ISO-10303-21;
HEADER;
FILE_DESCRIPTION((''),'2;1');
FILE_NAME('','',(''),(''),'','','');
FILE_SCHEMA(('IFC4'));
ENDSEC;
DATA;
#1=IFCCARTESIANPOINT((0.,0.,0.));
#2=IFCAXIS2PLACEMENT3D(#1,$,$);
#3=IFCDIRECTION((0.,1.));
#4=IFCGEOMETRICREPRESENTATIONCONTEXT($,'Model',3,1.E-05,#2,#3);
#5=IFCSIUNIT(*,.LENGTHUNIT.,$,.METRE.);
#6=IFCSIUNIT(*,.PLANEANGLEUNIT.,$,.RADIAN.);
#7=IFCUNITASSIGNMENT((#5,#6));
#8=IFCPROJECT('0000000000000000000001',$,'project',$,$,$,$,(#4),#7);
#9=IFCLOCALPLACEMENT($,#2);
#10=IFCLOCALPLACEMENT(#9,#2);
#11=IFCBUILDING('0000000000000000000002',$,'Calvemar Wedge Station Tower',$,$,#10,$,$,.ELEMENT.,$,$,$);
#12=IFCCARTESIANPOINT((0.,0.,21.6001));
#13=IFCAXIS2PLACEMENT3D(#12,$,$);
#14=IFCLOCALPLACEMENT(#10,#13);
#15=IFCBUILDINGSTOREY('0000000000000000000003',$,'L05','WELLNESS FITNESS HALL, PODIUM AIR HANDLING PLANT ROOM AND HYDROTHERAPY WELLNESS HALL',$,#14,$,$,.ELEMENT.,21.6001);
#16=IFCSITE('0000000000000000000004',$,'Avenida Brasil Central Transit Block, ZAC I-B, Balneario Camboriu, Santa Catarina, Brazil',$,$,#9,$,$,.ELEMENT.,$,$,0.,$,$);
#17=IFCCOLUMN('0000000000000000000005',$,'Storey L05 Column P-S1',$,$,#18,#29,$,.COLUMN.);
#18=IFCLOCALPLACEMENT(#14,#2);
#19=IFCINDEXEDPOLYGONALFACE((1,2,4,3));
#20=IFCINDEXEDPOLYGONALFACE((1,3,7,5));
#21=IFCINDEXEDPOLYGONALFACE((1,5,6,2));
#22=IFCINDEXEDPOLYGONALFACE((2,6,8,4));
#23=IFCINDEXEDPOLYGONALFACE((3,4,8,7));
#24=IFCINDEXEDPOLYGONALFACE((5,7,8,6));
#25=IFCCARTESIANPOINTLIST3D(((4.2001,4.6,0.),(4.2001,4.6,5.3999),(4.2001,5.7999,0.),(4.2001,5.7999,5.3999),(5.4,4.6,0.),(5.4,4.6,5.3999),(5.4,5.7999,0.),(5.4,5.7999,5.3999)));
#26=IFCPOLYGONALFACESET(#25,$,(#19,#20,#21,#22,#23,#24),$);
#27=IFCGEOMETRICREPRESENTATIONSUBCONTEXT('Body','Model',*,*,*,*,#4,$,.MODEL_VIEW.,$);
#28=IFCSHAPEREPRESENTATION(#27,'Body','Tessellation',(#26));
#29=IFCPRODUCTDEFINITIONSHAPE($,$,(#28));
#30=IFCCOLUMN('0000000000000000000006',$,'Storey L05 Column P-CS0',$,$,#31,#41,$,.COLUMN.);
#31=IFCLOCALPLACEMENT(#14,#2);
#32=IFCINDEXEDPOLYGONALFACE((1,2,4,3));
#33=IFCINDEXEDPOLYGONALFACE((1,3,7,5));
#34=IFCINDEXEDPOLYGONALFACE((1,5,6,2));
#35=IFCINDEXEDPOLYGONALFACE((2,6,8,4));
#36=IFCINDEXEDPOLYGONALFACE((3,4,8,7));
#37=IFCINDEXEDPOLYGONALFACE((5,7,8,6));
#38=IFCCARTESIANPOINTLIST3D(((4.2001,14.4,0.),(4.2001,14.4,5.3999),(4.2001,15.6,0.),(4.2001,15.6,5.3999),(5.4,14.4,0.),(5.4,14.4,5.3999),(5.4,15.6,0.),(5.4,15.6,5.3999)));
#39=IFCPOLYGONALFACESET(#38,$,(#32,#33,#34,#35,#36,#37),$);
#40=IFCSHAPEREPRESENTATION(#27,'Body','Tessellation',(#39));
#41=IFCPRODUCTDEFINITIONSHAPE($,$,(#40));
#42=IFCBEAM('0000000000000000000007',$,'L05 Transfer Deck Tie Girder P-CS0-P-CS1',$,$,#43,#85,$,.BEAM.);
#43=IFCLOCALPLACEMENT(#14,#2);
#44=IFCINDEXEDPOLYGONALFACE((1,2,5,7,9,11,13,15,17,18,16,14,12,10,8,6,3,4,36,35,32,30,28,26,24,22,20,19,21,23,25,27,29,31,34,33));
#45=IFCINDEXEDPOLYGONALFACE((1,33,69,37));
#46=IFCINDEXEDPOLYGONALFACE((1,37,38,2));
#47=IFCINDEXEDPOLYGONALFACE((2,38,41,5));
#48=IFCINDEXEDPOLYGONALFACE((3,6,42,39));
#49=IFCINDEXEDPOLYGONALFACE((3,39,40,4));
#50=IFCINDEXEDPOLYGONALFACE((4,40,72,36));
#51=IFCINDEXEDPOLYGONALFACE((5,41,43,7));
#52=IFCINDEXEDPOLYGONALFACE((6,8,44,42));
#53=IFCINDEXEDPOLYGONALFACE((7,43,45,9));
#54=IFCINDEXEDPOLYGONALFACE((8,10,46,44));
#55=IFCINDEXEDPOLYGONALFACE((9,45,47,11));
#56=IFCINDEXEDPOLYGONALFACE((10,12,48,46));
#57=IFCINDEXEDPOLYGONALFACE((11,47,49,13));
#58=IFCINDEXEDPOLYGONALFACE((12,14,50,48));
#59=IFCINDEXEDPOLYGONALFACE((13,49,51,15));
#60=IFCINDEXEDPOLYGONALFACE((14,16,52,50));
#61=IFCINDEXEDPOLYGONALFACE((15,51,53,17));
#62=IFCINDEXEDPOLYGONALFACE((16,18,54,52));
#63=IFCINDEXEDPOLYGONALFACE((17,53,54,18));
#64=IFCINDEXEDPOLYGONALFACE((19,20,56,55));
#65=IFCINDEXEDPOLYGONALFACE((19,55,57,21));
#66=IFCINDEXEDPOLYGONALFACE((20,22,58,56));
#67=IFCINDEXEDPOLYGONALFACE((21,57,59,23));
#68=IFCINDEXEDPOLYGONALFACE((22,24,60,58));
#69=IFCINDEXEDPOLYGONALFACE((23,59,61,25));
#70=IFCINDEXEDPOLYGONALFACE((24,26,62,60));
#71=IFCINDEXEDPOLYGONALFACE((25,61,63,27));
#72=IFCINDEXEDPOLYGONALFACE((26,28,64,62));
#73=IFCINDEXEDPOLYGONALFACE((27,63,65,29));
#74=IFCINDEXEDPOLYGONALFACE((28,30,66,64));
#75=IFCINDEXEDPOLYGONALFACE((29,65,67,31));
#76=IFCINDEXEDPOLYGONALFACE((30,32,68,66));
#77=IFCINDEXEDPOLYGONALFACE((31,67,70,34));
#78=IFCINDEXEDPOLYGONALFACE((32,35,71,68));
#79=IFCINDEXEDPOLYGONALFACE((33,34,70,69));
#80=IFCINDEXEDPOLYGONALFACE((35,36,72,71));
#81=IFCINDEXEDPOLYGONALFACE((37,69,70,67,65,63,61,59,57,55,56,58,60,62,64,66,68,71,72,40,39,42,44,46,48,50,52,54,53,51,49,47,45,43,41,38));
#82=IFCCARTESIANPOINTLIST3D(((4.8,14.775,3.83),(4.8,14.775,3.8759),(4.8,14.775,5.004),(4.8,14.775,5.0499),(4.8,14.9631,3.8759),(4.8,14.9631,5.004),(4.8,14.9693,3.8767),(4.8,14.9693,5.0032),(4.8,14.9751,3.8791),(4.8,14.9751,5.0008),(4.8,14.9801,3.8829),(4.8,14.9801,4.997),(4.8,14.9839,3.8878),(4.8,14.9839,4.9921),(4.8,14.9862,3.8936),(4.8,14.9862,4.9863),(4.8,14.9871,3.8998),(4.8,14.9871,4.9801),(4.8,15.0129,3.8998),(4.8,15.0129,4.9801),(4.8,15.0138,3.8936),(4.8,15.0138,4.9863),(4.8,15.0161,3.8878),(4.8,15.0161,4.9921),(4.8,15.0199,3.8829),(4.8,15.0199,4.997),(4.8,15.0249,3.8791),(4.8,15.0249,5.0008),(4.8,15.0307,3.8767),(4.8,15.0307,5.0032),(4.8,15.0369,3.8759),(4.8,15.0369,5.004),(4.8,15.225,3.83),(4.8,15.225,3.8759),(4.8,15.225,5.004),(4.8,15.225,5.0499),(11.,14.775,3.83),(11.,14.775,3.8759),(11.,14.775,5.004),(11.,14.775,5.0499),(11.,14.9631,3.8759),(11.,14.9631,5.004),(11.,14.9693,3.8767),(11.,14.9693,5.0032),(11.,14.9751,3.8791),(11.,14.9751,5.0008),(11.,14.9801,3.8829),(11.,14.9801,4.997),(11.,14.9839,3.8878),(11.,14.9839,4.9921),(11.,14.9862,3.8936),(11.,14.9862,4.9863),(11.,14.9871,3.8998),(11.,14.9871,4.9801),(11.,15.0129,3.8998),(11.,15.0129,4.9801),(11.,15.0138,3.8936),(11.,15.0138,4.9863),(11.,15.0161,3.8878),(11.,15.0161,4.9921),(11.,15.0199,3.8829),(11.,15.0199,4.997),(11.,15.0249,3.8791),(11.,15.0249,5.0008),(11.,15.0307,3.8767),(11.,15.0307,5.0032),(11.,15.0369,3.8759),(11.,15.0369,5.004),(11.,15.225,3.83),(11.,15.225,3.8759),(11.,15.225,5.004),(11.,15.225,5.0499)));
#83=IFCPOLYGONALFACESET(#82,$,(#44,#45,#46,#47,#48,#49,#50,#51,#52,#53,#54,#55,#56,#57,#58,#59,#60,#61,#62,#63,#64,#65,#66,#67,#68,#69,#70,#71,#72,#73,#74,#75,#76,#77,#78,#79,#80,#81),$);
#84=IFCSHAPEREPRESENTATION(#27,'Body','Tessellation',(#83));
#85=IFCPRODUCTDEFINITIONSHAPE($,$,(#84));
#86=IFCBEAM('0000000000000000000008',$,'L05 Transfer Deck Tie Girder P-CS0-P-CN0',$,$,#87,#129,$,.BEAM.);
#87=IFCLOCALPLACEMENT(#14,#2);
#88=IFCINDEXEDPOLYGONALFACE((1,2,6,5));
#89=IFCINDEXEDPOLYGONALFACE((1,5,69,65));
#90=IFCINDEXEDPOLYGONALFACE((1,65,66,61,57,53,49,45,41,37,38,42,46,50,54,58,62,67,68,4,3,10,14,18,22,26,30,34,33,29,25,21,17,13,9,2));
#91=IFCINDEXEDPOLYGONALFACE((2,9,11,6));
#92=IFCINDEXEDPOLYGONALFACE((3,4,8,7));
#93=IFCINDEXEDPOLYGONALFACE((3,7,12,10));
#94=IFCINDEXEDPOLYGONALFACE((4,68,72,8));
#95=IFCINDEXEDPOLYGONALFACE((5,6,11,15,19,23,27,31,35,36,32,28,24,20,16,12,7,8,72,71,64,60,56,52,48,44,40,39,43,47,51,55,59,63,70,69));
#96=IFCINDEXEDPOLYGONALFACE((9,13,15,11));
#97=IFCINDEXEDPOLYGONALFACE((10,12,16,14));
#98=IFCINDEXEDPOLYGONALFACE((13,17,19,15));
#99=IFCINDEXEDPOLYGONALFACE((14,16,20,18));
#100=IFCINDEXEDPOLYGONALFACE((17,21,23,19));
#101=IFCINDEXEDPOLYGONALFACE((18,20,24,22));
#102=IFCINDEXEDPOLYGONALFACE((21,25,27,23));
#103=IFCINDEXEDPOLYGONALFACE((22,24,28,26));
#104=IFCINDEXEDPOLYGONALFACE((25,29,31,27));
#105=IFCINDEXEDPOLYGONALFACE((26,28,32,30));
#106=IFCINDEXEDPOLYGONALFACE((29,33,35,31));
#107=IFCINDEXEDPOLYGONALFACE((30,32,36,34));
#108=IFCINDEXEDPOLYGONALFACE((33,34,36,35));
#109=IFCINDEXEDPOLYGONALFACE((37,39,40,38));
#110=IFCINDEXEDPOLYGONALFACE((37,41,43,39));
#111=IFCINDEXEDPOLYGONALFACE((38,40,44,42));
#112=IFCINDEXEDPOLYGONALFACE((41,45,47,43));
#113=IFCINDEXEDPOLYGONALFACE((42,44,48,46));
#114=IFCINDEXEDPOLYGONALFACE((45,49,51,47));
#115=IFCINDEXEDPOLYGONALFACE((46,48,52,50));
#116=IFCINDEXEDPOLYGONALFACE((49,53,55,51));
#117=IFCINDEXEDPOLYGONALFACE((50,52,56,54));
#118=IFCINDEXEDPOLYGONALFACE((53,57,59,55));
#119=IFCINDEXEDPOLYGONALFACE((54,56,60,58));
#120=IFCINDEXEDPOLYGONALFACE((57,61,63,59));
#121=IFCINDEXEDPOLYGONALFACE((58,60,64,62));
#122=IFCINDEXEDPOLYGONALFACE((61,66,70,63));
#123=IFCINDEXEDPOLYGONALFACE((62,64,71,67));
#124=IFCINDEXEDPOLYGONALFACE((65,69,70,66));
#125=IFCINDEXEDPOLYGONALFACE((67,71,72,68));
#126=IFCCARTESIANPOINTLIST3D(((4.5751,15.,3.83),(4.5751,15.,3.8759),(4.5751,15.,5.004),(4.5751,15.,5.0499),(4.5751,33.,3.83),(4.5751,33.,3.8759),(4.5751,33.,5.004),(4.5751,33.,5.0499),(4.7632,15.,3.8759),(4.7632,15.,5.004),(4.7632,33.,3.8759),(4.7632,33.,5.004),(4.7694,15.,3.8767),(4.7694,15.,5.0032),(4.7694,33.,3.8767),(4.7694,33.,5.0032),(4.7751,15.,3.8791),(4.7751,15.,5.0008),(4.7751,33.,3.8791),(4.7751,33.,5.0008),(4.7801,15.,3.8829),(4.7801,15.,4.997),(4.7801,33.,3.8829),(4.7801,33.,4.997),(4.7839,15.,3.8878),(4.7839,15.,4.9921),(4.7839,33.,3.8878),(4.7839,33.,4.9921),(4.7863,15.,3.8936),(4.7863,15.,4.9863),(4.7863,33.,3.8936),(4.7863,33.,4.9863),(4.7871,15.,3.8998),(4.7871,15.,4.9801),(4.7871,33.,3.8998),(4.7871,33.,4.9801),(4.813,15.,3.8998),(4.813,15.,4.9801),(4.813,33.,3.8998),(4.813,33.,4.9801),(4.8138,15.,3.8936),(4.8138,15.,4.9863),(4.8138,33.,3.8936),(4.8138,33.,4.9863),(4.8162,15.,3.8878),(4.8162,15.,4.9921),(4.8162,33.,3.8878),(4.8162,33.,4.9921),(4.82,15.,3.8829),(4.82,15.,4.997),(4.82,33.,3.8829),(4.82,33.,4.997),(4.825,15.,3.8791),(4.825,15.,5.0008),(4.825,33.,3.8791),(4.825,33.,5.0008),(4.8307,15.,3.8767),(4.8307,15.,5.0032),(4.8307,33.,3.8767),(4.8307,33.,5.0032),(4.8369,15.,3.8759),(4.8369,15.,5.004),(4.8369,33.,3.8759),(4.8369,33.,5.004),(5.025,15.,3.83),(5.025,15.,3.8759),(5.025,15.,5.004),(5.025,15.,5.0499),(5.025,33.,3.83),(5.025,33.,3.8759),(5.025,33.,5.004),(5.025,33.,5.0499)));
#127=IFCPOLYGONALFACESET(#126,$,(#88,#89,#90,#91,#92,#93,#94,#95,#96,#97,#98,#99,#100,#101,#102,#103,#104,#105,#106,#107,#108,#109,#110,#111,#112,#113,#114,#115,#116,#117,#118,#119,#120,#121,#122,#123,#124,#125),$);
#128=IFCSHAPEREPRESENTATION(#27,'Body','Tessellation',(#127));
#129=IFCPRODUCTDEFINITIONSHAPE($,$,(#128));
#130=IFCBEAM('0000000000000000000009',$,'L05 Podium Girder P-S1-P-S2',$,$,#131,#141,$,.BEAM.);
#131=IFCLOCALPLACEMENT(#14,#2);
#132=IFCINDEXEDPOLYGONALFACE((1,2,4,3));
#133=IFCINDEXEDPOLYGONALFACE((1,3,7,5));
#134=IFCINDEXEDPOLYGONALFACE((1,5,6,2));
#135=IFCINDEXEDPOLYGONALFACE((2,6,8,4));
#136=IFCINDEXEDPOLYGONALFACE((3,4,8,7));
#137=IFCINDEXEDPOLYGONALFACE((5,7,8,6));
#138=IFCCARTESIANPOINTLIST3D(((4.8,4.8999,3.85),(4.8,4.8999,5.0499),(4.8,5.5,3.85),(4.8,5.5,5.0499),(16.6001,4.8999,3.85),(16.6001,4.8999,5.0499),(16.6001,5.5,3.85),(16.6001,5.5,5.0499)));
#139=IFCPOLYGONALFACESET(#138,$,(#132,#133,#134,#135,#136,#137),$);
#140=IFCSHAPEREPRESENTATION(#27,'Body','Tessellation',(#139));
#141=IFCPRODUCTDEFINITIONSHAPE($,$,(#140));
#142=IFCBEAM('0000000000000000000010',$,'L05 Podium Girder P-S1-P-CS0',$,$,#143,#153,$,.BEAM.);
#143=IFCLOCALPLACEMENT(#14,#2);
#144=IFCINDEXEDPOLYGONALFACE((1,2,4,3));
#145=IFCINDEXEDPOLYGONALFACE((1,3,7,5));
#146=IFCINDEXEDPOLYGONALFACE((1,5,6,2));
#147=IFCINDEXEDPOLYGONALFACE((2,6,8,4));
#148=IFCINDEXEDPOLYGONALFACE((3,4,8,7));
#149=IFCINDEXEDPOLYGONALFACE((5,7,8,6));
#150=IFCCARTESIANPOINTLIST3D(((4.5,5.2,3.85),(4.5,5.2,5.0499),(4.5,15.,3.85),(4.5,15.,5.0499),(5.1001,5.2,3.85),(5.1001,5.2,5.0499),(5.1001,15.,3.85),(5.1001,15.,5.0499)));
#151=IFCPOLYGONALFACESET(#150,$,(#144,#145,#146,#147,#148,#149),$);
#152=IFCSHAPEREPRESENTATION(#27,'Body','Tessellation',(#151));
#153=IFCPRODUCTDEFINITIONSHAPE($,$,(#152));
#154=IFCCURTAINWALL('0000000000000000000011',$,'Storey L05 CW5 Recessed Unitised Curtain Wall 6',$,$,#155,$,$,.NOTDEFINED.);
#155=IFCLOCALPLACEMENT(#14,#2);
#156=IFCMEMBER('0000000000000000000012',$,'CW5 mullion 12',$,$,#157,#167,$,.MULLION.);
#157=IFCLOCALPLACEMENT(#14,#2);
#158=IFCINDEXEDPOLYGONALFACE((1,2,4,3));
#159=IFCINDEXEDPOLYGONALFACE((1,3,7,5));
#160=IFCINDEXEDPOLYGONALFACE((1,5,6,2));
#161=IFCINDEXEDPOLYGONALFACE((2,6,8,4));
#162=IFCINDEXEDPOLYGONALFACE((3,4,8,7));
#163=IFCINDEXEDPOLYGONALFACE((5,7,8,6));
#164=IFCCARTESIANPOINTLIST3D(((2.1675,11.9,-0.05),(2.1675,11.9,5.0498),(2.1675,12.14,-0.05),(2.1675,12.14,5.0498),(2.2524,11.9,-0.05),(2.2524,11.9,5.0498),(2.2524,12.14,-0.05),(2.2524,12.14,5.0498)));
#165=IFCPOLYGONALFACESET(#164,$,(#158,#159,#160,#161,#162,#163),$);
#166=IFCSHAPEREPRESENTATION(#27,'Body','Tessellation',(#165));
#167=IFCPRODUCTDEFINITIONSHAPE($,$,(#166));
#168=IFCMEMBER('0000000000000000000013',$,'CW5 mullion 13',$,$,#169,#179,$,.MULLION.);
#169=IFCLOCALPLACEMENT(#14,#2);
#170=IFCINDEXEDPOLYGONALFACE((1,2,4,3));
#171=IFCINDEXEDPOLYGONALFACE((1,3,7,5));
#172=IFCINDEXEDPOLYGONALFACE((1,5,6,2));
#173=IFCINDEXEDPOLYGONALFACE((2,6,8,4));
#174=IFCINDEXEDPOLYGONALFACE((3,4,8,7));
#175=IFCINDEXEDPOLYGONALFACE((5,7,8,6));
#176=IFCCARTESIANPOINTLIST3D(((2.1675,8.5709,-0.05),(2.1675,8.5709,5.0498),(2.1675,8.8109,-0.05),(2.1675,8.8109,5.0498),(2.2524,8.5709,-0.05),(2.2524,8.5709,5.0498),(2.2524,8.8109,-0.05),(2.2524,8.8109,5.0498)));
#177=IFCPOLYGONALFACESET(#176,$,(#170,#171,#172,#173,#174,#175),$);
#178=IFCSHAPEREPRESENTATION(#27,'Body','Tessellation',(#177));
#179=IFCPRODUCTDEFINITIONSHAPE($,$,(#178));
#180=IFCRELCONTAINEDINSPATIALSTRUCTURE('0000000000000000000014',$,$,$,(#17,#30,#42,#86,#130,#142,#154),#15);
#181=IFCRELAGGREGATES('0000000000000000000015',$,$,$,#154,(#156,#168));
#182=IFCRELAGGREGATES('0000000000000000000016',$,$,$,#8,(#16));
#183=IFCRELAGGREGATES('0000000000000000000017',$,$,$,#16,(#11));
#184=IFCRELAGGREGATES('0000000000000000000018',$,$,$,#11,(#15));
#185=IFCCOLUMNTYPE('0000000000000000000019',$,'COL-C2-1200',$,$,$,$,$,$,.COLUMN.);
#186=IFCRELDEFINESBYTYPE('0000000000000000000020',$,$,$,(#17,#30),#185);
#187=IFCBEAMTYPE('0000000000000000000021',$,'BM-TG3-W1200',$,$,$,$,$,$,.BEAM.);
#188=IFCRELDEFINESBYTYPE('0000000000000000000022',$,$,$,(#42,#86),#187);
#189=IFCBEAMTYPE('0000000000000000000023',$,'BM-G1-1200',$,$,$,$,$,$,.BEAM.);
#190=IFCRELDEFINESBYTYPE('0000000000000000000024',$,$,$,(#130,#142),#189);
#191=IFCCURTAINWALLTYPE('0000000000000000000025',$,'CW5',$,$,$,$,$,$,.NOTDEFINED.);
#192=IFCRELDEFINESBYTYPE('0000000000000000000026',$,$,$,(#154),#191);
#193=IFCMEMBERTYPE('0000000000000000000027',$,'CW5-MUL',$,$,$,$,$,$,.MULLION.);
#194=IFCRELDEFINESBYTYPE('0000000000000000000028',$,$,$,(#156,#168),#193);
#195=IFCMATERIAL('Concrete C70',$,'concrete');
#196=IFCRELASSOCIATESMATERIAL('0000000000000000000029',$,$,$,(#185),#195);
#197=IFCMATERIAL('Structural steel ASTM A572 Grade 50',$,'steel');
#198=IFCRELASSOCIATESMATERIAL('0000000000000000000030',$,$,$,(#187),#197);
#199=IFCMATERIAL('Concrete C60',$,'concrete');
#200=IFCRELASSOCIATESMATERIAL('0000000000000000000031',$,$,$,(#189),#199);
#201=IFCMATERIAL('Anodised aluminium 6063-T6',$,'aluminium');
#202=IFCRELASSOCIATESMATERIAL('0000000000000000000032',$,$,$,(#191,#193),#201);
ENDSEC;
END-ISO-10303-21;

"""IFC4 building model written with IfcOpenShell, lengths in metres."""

from ifc_helpers import new_model, si_unit, direction, frame, origin, origin_2d, place, context, subcontext, project, spatial, rectangle, i_section, extrude, source, transform, mapped, material, material_profile, profile_set, type_object, element, aggregate, save


model = new_model("IFC4")

# Units and contexts
model_context = context("Model", 3, precision=1e-05, world=origin(), true_north=direction((0.0, 1.0)))
body_context = subcontext(model_context, "Body", "Model", "MODEL_VIEW")
ifc_project = project(units=[si_unit("LENGTHUNIT", "METRE"), si_unit("PLANEANGLEUNIT", "RADIAN")], contexts=[model_context])

# Site, building, storey
site_placement = place(None, origin())
site = spatial("IfcSite", under=ifc_project, at=site_placement, Name="Avenida Brasil Central Transit Block, ZAC I-B, Balneario Camboriu, Santa Catarina, Brazil", CompositionType="ELEMENT", RefElevation=0.0)
building_placement = place(site_placement, origin())
building = spatial("IfcBuilding", under=site, at=building_placement, Name="Calvemar Wedge Station Tower", CompositionType="ELEMENT")
storey_placement = place(building_placement, frame((0.0, 0.0, 21.6001)))
storey = spatial("IfcBuildingStorey", under=building, at=storey_placement, Name="L05", Description="WELLNESS FITNESS HALL, PODIUM AIR HANDLING PLANT ROOM AND HYDROTHERAPY WELLNESS HALL", CompositionType="ELEMENT", Elevation=21.6001)

# Columns
ifc_material_1 = material(Name="Concrete C70", Category="concrete")
ifc_material_profile_1 = material_profile(ifc_material_1, rectangle(XDim=1.2, YDim=1.2, at=origin_2d()), Name="RC1200x1200")
ifc_profile_set_1 = profile_set([ifc_material_profile_1], Name="Concrete C70")
column_type = type_object("IfcColumnType", Name="COL-C2-1200", PredefinedType="COLUMN", material=ifc_profile_set_1)
shared_shape_1 = source(origin(), body_context, "Body", "SweptSolid", [
    extrude(rectangle(XDim=1.2, YDim=1.2, at=origin_2d()), origin(), (0.0, 0.0, 1.0), 5.3999),
])
for number, where, z_axis, x_axis, name in (
    (1, (4.8, 5.2, 0.0), (0.0, 0.0, 1.0), (1.0, 0.0, 0.0), "Storey L05 Column P-S1"),
    (2, (4.8, 15.0, 0.0), (0.0, 0.0, 1.0), (1.0, 0.0, 0.0), "Storey L05 Column P-CS0"),
):
    element("IfcColumn", number, at=place(storey_placement, frame(where, z_axis=z_axis, x_axis=x_axis)), inside=storey, type_object=column_type, Name=name, PredefinedType="COLUMN", context=body_context, shape_type="MappedRepresentation", body=[
        mapped(shared_shape_1, transform((0.0, 0.0, 0.0), scale=1.0)),
    ])

# Beams
ifc_material_2 = material(Name="Structural steel ASTM A572 Grade 50", Category="steel")
ifc_material_profile_2 = material_profile(ifc_material_2, i_section(OverallWidth=0.45, OverallDepth=1.22, WebThickness=0.0259, FlangeThickness=0.0459, FilletRadius=0.0239, at=origin_2d()), Name="W1200x540")
ifc_profile_set_2 = profile_set([ifc_material_profile_2], Name="Structural steel ASTM A572 Grade 50")
beam_type_1 = type_object("IfcBeamType", Name="BM-TG3-W1200", PredefinedType="BEAM", material=ifc_profile_set_2)
shared_shape_2 = source(origin(), body_context, "Body", "SweptSolid", [
    extrude(i_section(OverallWidth=0.45, OverallDepth=1.22, WebThickness=0.0259, FlangeThickness=0.0459, FilletRadius=0.0239, at=origin_2d()), origin(), (0.0, 0.0, 1.0), 6.2),
])
beam_1_placement = place(storey_placement, frame((4.8, 15.0, 4.4399), z_axis=(1.0, 0.0, 0.0), x_axis=(0.0, 1.0, 0.0)))
element("IfcBeam", 3, at=beam_1_placement, inside=storey, type_object=beam_type_1, Name="L05 Transfer Deck Tie Girder P-CS0-P-CS1", PredefinedType="BEAM", context=body_context, shape_type="MappedRepresentation", body=[
    mapped(shared_shape_2, transform((0.0, 0.0, 0.0), scale=1.0)),
])
shared_shape_3 = source(origin(), body_context, "Body", "SweptSolid", [
    extrude(i_section(OverallWidth=0.45, OverallDepth=1.22, WebThickness=0.0259, FlangeThickness=0.0459, FilletRadius=0.0239, at=origin_2d()), origin(), (0.0, 0.0, 1.0), 18.0),
])
beam_2_placement = place(storey_placement, frame((4.8, 15.0, 4.4399), z_axis=(0.0, 1.0, 0.0), x_axis=(-1.0, 0.0, 0.0)))
element("IfcBeam", 4, at=beam_2_placement, inside=storey, type_object=beam_type_1, Name="L05 Transfer Deck Tie Girder P-CS0-P-CN0", PredefinedType="BEAM", context=body_context, shape_type="MappedRepresentation", body=[
    mapped(shared_shape_3, transform((0.0, 0.0, 0.0), scale=1.0)),
])
ifc_material_3 = material(Name="Concrete C60", Category="concrete")
ifc_material_profile_3 = material_profile(ifc_material_3, rectangle(XDim=0.6001, YDim=1.2, at=origin_2d()), Name="RC600x1200")
ifc_profile_set_3 = profile_set([ifc_material_profile_3], Name="Concrete C60")
beam_type_2 = type_object("IfcBeamType", Name="BM-G1-1200", PredefinedType="BEAM", material=ifc_profile_set_3)
shared_shape_4 = source(origin(), body_context, "Body", "SweptSolid", [
    extrude(rectangle(XDim=0.6001, YDim=1.2, at=origin_2d()), origin(), (0.0, 0.0, 1.0), 11.8),
])
beam_3_placement = place(storey_placement, frame((4.8, 5.2, 4.45), z_axis=(1.0, 0.0, 0.0), x_axis=(0.0, 1.0, 0.0)))
element("IfcBeam", 5, at=beam_3_placement, inside=storey, type_object=beam_type_2, Name="L05 Podium Girder P-S1-P-S2", PredefinedType="BEAM", context=body_context, shape_type="MappedRepresentation", body=[
    mapped(shared_shape_4, transform((0.0, 0.0, 0.0), scale=1.0)),
])
shared_shape_5 = source(origin(), body_context, "Body", "SweptSolid", [
    extrude(rectangle(XDim=0.6001, YDim=1.2, at=origin_2d()), origin(), (0.0, 0.0, 1.0), 9.8),
])
beam_4_placement = place(storey_placement, frame((4.8, 5.2, 4.45), z_axis=(0.0, 1.0, 0.0), x_axis=(-1.0, 0.0, 0.0)))
element("IfcBeam", 6, at=beam_4_placement, inside=storey, type_object=beam_type_2, Name="L05 Podium Girder P-S1-P-CS0", PredefinedType="BEAM", context=body_context, shape_type="MappedRepresentation", body=[
    mapped(shared_shape_5, transform((0.0, 0.0, 0.0), scale=1.0)),
])

# Curtain wall, members
ifc_material_4 = material(Name="Anodised aluminium 6063-T6", Category="aluminium")
curtain_wall_type = type_object("IfcCurtainWallType", Name="CW5", PredefinedType="NOTDEFINED", material=ifc_material_4)
curtain_wall_placement = place(storey_placement, origin())
curtain_wall = element("IfcCurtainWall", 7, at=curtain_wall_placement, inside=storey, type_object=curtain_wall_type, Name="Storey L05 CW5 Recessed Unitised Curtain Wall 6", PredefinedType="NOTDEFINED")
ifc_material_profile_4 = material_profile(ifc_material_4, rectangle(XDim=0.085, YDim=0.24, at=origin_2d()), Name="AL-MUL-85x240")
ifc_profile_set_4 = profile_set([ifc_material_profile_4], Name="Anodised aluminium 6063-T6")
member_type = type_object("IfcMemberType", Name="CW5-MUL", PredefinedType="MULLION", material=ifc_profile_set_4)
shared_shape_6 = source(origin(), body_context, "Body", "SweptSolid", [
    extrude(rectangle(XDim=0.085, YDim=0.24, at=origin_2d()), origin(), (0.0, 0.0, 1.0), 5.0999),
])
member_1_placement = place(storey_placement, frame((2.21, 12.02, -0.05), z_axis=(0.0, 0.0, 1.0), x_axis=(1.0, 0.0, 0.0)))
member_1 = element("IfcMember", 8, at=member_1_placement, type_object=member_type, Name="CW5 mullion 12", PredefinedType="MULLION", context=body_context, shape_type="MappedRepresentation", body=[
    mapped(shared_shape_6, transform((0.0, 0.0, 0.0), scale=1.0)),
])
member_2_placement = place(storey_placement, frame((2.21, 8.6909, -0.05), z_axis=(0.0, 0.0, 1.0), x_axis=(1.0, 0.0, 0.0)))
member_2 = element("IfcMember", 9, at=member_2_placement, type_object=member_type, Name="CW5 mullion 13", PredefinedType="MULLION", context=body_context, shape_type="MappedRepresentation", body=[
    mapped(shared_shape_6, transform((0.0, 0.0, 0.0), scale=1.0)),
])
aggregate(curtain_wall, [member_1, member_2])

save(model, "model.ifc")
